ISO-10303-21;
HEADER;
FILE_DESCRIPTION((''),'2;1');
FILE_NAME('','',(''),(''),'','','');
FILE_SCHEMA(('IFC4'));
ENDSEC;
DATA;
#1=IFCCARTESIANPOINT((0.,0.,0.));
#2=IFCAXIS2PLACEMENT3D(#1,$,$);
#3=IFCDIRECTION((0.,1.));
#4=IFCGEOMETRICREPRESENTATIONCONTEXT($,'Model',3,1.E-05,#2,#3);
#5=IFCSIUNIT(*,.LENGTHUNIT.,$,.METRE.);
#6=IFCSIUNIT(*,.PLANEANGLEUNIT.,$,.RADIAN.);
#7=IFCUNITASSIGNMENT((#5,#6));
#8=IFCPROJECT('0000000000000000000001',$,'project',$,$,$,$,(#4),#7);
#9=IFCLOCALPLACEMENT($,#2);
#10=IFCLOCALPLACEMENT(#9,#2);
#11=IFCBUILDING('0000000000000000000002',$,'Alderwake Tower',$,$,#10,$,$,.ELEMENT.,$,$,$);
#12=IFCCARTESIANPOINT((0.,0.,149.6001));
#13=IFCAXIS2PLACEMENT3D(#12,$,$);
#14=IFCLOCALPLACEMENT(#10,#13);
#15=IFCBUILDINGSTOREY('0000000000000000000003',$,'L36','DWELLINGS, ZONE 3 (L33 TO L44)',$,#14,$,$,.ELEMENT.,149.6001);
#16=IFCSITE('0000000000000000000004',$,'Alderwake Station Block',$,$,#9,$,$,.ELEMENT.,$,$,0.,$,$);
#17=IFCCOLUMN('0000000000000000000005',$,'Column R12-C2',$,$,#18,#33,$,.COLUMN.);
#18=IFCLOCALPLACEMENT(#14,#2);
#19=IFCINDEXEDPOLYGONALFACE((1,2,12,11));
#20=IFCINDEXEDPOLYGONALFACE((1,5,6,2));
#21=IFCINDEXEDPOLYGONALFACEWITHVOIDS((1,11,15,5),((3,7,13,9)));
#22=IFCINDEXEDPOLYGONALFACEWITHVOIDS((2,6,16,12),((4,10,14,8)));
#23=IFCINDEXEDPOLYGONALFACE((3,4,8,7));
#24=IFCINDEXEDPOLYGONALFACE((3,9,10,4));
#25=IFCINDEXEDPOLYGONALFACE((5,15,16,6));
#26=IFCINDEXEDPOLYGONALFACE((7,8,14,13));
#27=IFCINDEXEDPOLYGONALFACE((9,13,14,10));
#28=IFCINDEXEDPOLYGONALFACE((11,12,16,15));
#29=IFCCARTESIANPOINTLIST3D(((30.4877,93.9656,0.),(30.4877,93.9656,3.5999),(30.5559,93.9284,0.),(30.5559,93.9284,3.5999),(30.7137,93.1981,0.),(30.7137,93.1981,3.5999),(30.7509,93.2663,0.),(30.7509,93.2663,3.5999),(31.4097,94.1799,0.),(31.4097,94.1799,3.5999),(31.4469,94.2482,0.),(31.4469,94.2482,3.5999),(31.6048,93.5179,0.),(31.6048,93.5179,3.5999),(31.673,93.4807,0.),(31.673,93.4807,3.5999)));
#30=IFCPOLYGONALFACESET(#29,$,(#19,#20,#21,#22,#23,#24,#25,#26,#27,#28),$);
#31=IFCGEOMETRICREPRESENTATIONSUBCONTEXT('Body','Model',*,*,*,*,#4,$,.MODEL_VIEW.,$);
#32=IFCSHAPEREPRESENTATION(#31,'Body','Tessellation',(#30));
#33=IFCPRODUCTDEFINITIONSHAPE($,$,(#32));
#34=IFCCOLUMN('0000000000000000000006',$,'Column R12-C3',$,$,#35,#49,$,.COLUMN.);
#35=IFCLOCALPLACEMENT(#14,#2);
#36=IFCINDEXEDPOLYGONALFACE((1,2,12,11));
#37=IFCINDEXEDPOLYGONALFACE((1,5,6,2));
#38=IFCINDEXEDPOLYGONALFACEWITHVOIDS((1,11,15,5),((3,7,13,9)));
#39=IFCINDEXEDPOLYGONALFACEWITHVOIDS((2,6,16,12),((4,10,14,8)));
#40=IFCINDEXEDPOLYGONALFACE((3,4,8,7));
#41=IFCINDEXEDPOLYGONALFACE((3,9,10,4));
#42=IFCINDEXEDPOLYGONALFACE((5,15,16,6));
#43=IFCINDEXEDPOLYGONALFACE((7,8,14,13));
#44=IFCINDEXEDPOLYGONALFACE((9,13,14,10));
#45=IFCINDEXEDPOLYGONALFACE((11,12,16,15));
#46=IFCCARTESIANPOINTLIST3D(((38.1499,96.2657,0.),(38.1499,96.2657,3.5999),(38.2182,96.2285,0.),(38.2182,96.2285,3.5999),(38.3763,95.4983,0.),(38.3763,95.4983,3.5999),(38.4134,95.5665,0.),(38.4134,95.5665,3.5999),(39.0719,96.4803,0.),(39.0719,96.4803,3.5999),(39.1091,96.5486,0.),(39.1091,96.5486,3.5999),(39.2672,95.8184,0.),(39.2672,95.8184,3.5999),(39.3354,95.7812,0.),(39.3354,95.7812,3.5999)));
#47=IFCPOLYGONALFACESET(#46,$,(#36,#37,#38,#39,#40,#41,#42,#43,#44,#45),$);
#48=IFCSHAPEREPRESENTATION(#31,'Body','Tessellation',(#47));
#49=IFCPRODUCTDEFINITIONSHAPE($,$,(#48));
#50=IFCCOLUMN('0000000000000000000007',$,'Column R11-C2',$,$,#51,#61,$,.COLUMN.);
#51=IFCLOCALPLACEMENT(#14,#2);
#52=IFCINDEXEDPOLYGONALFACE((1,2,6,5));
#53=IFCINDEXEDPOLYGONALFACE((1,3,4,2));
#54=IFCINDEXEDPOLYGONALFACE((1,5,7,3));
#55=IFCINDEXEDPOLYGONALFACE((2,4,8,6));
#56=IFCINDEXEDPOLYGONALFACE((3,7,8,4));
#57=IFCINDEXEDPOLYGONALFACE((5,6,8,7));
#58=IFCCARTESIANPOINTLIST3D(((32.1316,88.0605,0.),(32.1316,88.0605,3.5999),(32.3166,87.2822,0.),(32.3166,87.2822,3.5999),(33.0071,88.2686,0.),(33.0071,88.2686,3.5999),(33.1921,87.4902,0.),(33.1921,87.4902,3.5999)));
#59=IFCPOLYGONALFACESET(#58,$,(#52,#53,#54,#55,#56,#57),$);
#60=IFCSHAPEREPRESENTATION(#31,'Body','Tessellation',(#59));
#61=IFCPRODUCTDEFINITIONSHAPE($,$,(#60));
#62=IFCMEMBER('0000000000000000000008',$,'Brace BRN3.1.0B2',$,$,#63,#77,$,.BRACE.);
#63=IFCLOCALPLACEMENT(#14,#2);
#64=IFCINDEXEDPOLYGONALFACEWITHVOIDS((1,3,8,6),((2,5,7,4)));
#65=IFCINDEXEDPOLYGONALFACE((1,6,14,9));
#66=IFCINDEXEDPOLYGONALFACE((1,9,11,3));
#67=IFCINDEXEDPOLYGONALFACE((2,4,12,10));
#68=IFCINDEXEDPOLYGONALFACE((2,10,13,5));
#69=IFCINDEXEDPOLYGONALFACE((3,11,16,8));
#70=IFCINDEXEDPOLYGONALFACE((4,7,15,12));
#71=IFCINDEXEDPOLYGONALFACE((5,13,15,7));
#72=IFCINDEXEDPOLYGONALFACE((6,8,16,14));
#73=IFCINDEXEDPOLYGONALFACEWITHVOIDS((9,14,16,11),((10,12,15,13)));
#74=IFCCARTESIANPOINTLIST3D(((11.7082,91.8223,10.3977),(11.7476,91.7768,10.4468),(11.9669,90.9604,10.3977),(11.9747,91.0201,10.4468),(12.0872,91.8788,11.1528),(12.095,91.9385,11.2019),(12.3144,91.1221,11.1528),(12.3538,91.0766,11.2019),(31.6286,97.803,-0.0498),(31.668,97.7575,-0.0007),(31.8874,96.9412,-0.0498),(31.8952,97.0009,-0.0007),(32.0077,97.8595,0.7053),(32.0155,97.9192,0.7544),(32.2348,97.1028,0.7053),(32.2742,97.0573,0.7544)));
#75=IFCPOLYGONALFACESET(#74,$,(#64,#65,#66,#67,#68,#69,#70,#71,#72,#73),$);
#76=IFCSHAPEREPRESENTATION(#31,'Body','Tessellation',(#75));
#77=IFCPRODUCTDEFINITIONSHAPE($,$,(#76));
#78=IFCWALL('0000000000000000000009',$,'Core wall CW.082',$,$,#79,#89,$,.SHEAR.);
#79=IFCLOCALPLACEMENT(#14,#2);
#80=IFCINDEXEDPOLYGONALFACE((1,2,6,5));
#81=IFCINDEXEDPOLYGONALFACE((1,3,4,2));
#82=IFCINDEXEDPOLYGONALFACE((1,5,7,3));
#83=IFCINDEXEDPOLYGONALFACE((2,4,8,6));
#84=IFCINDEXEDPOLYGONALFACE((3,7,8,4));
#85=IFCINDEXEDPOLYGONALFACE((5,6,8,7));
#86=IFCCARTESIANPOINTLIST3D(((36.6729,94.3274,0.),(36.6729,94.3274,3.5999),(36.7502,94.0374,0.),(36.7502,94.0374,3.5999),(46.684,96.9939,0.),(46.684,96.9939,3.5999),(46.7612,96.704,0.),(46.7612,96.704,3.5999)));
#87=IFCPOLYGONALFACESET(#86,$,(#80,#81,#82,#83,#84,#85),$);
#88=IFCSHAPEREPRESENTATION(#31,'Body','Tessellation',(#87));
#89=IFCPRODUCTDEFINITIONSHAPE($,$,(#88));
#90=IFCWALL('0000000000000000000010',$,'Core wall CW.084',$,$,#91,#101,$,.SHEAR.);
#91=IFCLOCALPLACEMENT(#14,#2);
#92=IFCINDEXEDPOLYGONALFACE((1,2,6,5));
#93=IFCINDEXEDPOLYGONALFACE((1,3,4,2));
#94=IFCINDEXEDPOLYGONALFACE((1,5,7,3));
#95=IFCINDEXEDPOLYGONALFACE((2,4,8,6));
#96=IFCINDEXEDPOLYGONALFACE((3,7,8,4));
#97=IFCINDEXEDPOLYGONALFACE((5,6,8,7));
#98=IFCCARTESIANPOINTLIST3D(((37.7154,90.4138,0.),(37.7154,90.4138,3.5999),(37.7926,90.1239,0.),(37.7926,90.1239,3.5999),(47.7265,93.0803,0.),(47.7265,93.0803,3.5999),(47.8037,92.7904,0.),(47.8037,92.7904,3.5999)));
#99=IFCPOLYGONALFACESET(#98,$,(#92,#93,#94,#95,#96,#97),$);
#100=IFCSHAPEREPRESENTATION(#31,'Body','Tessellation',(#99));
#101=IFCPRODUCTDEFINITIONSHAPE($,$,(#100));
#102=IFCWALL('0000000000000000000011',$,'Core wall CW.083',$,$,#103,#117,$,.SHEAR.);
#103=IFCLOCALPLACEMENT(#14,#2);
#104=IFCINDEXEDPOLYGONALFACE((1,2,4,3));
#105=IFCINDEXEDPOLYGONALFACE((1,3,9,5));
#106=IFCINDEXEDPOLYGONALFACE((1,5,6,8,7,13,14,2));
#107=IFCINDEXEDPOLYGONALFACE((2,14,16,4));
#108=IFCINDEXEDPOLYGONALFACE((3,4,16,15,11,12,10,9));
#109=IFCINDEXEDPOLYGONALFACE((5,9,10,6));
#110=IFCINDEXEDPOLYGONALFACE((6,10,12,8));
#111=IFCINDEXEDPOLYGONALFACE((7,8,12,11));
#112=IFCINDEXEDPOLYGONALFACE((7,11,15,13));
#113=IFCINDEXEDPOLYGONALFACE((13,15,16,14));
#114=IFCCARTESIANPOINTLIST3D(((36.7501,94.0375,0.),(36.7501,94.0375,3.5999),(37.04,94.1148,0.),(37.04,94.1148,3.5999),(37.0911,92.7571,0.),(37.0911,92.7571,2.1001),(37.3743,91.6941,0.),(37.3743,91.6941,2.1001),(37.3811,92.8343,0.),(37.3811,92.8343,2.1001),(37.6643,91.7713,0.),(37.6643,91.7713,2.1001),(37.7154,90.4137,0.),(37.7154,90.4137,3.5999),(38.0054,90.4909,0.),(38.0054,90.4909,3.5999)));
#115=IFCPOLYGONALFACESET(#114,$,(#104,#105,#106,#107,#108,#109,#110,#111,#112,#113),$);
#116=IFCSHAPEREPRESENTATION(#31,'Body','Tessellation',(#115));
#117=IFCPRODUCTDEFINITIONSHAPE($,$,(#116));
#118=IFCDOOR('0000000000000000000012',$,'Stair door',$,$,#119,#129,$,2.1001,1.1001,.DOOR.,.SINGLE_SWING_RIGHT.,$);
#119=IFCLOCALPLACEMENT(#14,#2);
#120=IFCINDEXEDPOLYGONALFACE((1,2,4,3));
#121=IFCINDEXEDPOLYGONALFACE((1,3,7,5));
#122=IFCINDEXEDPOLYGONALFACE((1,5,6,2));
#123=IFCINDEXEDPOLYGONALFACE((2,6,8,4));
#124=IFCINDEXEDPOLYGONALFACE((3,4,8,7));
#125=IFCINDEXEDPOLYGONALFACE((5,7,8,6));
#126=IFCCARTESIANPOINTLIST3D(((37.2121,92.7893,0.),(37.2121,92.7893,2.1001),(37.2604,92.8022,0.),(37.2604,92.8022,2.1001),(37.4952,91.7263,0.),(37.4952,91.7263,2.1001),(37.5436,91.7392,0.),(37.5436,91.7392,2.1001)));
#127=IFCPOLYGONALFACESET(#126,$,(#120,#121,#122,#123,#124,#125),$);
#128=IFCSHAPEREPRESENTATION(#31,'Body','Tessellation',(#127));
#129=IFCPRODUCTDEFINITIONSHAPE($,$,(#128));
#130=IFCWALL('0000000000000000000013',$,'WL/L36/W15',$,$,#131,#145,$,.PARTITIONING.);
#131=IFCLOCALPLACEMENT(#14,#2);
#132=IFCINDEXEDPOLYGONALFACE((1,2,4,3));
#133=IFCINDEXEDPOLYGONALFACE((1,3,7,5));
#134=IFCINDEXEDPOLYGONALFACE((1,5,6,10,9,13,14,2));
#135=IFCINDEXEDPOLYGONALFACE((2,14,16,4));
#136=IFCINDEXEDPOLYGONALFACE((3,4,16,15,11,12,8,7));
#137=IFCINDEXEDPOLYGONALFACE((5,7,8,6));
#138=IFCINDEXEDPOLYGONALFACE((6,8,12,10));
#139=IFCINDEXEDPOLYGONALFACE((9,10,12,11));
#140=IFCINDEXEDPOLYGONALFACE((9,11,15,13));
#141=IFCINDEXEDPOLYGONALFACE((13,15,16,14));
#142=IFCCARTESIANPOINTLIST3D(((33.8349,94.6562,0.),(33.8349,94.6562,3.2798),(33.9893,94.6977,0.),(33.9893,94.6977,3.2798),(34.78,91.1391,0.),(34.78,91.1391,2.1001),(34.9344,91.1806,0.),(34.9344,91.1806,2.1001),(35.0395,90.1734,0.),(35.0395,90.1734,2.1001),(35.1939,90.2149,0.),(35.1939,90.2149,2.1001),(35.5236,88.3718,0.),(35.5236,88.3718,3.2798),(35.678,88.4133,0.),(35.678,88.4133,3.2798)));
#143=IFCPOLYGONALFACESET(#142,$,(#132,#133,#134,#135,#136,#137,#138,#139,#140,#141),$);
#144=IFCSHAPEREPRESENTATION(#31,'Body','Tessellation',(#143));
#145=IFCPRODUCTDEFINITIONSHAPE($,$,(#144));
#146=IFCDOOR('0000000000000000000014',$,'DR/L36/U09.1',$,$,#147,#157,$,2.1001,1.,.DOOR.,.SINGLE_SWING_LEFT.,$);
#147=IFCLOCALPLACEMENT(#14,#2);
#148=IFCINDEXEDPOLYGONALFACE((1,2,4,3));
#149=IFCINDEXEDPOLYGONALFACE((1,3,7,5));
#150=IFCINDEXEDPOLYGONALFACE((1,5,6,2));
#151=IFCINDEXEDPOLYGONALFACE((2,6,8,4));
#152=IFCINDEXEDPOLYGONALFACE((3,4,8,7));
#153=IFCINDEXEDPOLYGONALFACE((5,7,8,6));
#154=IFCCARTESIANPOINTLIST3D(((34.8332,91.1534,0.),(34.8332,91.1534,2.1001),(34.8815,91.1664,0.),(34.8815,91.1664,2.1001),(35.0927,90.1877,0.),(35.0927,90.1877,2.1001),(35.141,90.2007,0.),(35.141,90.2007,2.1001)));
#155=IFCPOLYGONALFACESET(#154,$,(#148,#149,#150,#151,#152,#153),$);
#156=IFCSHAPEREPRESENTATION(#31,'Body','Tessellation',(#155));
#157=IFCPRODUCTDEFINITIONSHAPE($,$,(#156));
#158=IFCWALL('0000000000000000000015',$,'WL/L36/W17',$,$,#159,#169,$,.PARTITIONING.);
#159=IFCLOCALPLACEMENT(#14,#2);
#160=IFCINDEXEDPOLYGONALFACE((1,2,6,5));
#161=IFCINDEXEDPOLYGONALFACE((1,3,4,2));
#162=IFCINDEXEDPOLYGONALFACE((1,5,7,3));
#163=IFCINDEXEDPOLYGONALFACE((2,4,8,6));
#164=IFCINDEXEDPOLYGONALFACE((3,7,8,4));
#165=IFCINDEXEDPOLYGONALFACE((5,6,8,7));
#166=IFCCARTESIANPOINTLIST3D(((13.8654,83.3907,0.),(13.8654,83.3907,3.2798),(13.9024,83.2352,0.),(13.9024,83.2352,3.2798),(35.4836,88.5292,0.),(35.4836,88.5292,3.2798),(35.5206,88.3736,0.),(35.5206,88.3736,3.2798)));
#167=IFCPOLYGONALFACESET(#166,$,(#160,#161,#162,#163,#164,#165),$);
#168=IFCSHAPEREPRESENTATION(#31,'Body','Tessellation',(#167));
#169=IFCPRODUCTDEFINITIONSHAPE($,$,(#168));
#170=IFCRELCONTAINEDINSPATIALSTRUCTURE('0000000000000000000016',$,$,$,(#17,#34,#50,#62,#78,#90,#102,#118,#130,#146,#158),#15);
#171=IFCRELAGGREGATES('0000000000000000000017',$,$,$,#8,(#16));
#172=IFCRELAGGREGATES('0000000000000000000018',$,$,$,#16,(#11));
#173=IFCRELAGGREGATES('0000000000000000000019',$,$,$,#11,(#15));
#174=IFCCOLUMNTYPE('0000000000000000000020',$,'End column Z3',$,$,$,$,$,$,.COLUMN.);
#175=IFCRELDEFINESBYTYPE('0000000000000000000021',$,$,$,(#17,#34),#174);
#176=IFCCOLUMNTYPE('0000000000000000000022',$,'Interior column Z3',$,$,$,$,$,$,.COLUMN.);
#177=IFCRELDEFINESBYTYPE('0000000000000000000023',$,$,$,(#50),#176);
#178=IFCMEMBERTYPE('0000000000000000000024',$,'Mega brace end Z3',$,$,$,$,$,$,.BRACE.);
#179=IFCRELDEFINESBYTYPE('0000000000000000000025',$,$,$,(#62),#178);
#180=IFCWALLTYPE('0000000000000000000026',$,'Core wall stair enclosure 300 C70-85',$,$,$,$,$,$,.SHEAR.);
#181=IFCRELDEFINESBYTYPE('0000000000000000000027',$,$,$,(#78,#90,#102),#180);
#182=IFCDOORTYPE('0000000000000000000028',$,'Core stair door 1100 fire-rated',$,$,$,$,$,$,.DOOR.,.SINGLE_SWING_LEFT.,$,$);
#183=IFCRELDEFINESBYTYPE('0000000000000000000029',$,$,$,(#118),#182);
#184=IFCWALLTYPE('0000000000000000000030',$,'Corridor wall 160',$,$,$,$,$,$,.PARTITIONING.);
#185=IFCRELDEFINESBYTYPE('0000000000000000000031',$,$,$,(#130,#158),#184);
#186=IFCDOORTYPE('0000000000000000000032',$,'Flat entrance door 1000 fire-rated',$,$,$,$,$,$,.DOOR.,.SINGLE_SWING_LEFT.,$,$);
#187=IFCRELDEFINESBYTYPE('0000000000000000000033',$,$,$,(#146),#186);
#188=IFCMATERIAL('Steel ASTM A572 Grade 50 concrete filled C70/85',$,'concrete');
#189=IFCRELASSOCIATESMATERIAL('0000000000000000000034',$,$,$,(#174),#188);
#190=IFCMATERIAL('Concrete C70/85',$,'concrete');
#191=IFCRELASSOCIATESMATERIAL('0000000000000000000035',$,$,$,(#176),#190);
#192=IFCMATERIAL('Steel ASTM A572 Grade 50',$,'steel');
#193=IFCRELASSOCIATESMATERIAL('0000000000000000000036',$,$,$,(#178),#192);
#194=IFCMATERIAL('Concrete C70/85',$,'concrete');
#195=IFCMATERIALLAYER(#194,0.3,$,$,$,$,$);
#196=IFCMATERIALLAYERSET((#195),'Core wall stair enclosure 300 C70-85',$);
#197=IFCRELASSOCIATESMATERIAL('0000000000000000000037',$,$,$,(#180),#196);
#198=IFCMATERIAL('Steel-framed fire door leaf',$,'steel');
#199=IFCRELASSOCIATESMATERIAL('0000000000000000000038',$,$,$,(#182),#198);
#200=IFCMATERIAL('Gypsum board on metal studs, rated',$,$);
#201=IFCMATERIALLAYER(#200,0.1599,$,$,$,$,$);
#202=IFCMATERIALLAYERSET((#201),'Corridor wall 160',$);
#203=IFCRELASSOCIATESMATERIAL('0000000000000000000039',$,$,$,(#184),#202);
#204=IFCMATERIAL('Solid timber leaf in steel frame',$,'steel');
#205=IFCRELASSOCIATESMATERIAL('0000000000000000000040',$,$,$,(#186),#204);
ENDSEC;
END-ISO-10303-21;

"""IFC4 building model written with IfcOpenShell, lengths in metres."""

from ifc_helpers import new_model, si_unit, direction, frame, frame_2d, origin, origin_2d, place, context, subcontext, project, spatial, rectangle, hollow_rectangle, extrude, material, layer, layer_set, material_profile, profile_set, type_object, element, fill, save


model = new_model("IFC4")

# Units and contexts
model_context = context("Model", 3, precision=1e-05, world=origin(), true_north=direction((0.0, 1.0)))
body_context = subcontext(model_context, "Body", "Model", "MODEL_VIEW")
ifc_project = project(units=[si_unit("LENGTHUNIT", "METRE"), si_unit("PLANEANGLEUNIT", "RADIAN")], contexts=[model_context])

# Site, building, storey
site_placement = place(None, origin())
site = spatial("IfcSite", under=ifc_project, at=site_placement, Name="Alderwake Station Block", CompositionType="ELEMENT", RefElevation=0.0)
building_placement = place(site_placement, origin())
building = spatial("IfcBuilding", under=site, at=building_placement, Name="Alderwake Tower", CompositionType="ELEMENT")
storey_placement = place(building_placement, frame((0.0, 0.0, 149.6001)))
storey = spatial("IfcBuildingStorey", under=building, at=storey_placement, Name="L36", Description="DWELLINGS, ZONE 3 (L33 TO L44)", CompositionType="ELEMENT", Elevation=149.6001)

# Columns
ifc_material_1 = material(Name="Steel ASTM A572 Grade 50 concrete filled C70/85", Category="concrete")
ifc_material_profile_1 = material_profile(ifc_material_1, hollow_rectangle(XDim=0.8, YDim=1.0, WallThickness=0.0549, at=origin_2d()), Name="BOX 1000X800X55")
ifc_profile_set_1 = profile_set([ifc_material_profile_1], Name="Steel ASTM A572 Grade 50 concrete filled C70/85")
column_type_1 = type_object("IfcColumnType", Name="End column Z3", PredefinedType="COLUMN", material=ifc_profile_set_1)
for number, where, z_axis, x_axis, name in (
    (1, (31.0803, 93.7231, 0.0), (0.0, 0.0, 1.0), (-0.282583, 0.959243, 0.0), "Column R12-C2"),
    (2, (38.7427, 96.0234, 0.0), (0.0, 0.0, 1.0), (-0.282904, 0.959148, 0.0), "Column R12-C3"),
):
    element("IfcColumn", number, at=place(storey_placement, frame(where, z_axis=z_axis, x_axis=x_axis)), inside=storey, type_object=column_type_1, Name=name, PredefinedType="COLUMN", context=body_context, shape_type="SweptSolid", body=[
        extrude(hollow_rectangle(XDim=0.8, YDim=1.0, WallThickness=0.0549, at=origin_2d()), origin(), (0.0, 0.0, 1.0), 3.5999),
    ])
ifc_material_2 = material(Name="Concrete C70/85", Category="concrete")
ifc_material_profile_2 = material_profile(ifc_material_2, rectangle(XDim=0.8, YDim=0.8999, at=origin_2d()), Name="RC 900X800")
ifc_profile_set_2 = profile_set([ifc_material_profile_2], Name="Concrete C70/85")
column_type_2 = type_object("IfcColumnType", Name="Interior column Z3", PredefinedType="COLUMN", material=ifc_profile_set_2)
column_placement = place(storey_placement, frame((32.6619, 87.7754, 0.0), z_axis=(0.0, 0.0, 1.0), x_axis=(-0.231222, 0.972901, 0.0)))
element("IfcColumn", 3, at=column_placement, inside=storey, type_object=column_type_2, Name="Column R11-C2", PredefinedType="COLUMN", context=body_context, shape_type="SweptSolid", body=[
    extrude(rectangle(XDim=0.8, YDim=0.8999, at=origin_2d()), origin(), (0.0, 0.0, 1.0), 3.5999),
])

# Member
ifc_material_3 = material(Name="Steel ASTM A572 Grade 50", Category="steel")
ifc_material_profile_3 = material_profile(ifc_material_3, hollow_rectangle(XDim=0.8999, YDim=0.8999, WallThickness=0.0549, at=origin_2d()), Name="BOX 900X900X55")
ifc_profile_set_3 = profile_set([ifc_material_profile_3], Name="Steel ASTM A572 Grade 50")
member_type = type_object("IfcMemberType", Name="Mega brace end Z3", PredefinedType="BRACE", material=ifc_profile_set_3)
member_placement = place(storey_placement, frame((31.9514, 97.4302, 0.3523), z_axis=(-0.855859, -0.256955, 0.448866), x_axis=(0.28755, -0.957766, 0.0)))
element("IfcMember", 4, at=member_placement, inside=storey, type_object=member_type, Name="Brace BRN3.1.0B2", PredefinedType="BRACE", context=body_context, shape_type="SweptSolid", body=[
    extrude(hollow_rectangle(XDim=0.8999, YDim=0.8999, WallThickness=0.0549, at=origin_2d()), origin(), (0.0, 0.0, 1.0), 23.2754),
])

# Walls
ifc_material_4 = material(Name="Concrete C70/85", Category="concrete")
ifc_layer_1 = layer(ifc_material_4, 0.3)
ifc_layer_set_1 = layer_set([ifc_layer_1], Name="Core wall stair enclosure 300 C70-85")
wall_type_1 = type_object("IfcWallType", Name="Core wall stair enclosure 300 C70-85", PredefinedType="SHEAR", material=ifc_layer_set_1)
for number, where, z_axis, x_axis, name in (
    (5, (36.7114, 94.1824, 0.0), (0.0, 0.0, 1.0), (0.966309, 0.257384, 0.0), "Core wall CW.082"),
    (6, (37.7539, 90.2688, 0.0), (0.0, 0.0, 1.0), (0.966309, 0.257384, 0.0), "Core wall CW.084"),
):
    element("IfcWall", number, at=place(storey_placement, frame(where, z_axis=z_axis, x_axis=x_axis)), inside=storey, type_object=wall_type_1, Name=name, PredefinedType="SHEAR", context=body_context, shape_type="SweptSolid", body=[
        extrude(rectangle(XDim=10.3601, YDim=0.3, at=frame_2d((5.1802, 0.0))), origin(), (0.0, 0.0, 1.0), 3.5999),
    ])

# Walls, openings, doors
wall_1_placement = place(storey_placement, frame((37.8604, 90.4524, 0.0), z_axis=(0.0, 0.0, 1.0), x_axis=(-0.257411, 0.966302, 0.0)))
wall_1 = element("IfcWall", 7, at=wall_1_placement, inside=storey, type_object=wall_type_1, Name="Core wall CW.083", PredefinedType="SHEAR", context=body_context, shape_type="SweptSolid", body=[
    extrude(rectangle(XDim=3.7502, YDim=0.3, at=frame_2d((1.875, 0.0))), origin(), (0.0, 0.0, 1.0), 3.5999),
])
opening_1_placement = place(wall_1_placement, frame((1.325, 0.0, 0.0)))
opening_1 = element("IfcOpeningElement", 8, at=opening_1_placement, cuts=wall_1, PredefinedType="OPENING", context=body_context, shape_type="SweptSolid", body=[
    extrude(rectangle(XDim=1.1001, YDim=2.1001, at=frame_2d((0.55, 1.05))), frame((0.0, 0.1599, 0.0), z_axis=(0.0, -1.0, 0.0), x_axis=(1.0, 0.0, 0.0)), (0.0, 0.0, 1.0), 0.3201),
])
ifc_material_5 = material(Name="Steel-framed fire door leaf", Category="steel")
door_type_1 = type_object("IfcDoorType", Name="Core stair door 1100 fire-rated", OperationType="SINGLE_SWING_LEFT", PredefinedType="DOOR", material=ifc_material_5)
door_1_placement = place(opening_1_placement, origin())
door_1 = element("IfcDoor", 9, at=door_1_placement, inside=storey, type_object=door_type_1, Name="Stair door", OperationType="SINGLE_SWING_RIGHT", OverallHeight=2.1001, OverallWidth=1.1001, PredefinedType="DOOR", context=body_context, shape_type="SweptSolid", body=[
    extrude(rectangle(XDim=1.1001, YDim=2.1001, at=frame_2d((0.55, 1.05))), frame((0.0, 0.0249, 0.0), z_axis=(0.0, -1.0, 0.0), x_axis=(1.0, 0.0, 0.0)), (0.0, 0.0, 1.0), 0.05),
])
fill(opening_1, door_1)
ifc_material_6 = material(Name="Gypsum board on metal studs, rated")
ifc_layer_2 = layer(ifc_material_6, 0.1599)
ifc_layer_set_2 = layer_set([ifc_layer_2], Name="Corridor wall 160")
wall_type_2 = type_object("IfcWallType", Name="Corridor wall 160", PredefinedType="PARTITIONING", material=ifc_layer_set_2)
wall_2_placement = place(storey_placement, frame((35.6008, 88.3926, 0.0), z_axis=(0.0, 0.0, 1.0), x_axis=(-0.259509, 0.965741, 0.0)))
wall_2 = element("IfcWall", 10, at=wall_2_placement, inside=storey, type_object=wall_type_2, Name="WL/L36/W15", PredefinedType="PARTITIONING", context=body_context, shape_type="SweptSolid", body=[
    extrude(rectangle(XDim=6.5073, YDim=0.1599, at=frame_2d((3.2537, 0.0))), origin(), (0.0, 0.0, 1.0), 3.2798),
])
opening_2_placement = place(wall_2_placement, frame((1.8655, 0.0, 0.0)))
opening_2 = element("IfcOpeningElement", 11, at=opening_2_placement, cuts=wall_2, PredefinedType="OPENING", context=body_context, shape_type="SweptSolid", body=[
    extrude(rectangle(XDim=1.0, YDim=2.1001, at=frame_2d((0.5, 1.05))), frame((0.0, 0.0898, 0.0), z_axis=(0.0, -1.0, 0.0), x_axis=(1.0, 0.0, 0.0)), (0.0, 0.0, 1.0), 0.1799),
])
ifc_material_7 = material(Name="Solid timber leaf in steel frame", Category="steel")
door_type_2 = type_object("IfcDoorType", Name="Flat entrance door 1000 fire-rated", OperationType="SINGLE_SWING_LEFT", PredefinedType="DOOR", material=ifc_material_7)
door_2_placement = place(opening_2_placement, origin())
door_2 = element("IfcDoor", 12, at=door_2_placement, inside=storey, type_object=door_type_2, Name="DR/L36/U09.1", OperationType="SINGLE_SWING_LEFT", OverallHeight=2.1001, OverallWidth=1.0, PredefinedType="DOOR", context=body_context, shape_type="SweptSolid", body=[
    extrude(rectangle(XDim=1.0, YDim=2.1001, at=frame_2d((0.5, 1.05))), frame((0.0, 0.0249, 0.0), z_axis=(0.0, -1.0, 0.0), x_axis=(1.0, 0.0, 0.0)), (0.0, 0.0, 1.0), 0.05),
])
fill(opening_2, door_2)

# Wall
wall_3_placement = place(storey_placement, frame((35.5022, 88.4514, 0.0), z_axis=(0.0, 0.0, 1.0), x_axis=(-0.972895, -0.231248, 0.0)))
element("IfcWall", 13, at=wall_3_placement, inside=storey, type_object=wall_type_2, Name="WL/L36/W17", PredefinedType="PARTITIONING", context=body_context, shape_type="SweptSolid", body=[
    extrude(rectangle(XDim=22.2205, YDim=0.1599, at=frame_2d((11.1104, 0.0))), origin(), (0.0, 0.0, 1.0), 3.2798),
])

save(model, "model.ifc")
